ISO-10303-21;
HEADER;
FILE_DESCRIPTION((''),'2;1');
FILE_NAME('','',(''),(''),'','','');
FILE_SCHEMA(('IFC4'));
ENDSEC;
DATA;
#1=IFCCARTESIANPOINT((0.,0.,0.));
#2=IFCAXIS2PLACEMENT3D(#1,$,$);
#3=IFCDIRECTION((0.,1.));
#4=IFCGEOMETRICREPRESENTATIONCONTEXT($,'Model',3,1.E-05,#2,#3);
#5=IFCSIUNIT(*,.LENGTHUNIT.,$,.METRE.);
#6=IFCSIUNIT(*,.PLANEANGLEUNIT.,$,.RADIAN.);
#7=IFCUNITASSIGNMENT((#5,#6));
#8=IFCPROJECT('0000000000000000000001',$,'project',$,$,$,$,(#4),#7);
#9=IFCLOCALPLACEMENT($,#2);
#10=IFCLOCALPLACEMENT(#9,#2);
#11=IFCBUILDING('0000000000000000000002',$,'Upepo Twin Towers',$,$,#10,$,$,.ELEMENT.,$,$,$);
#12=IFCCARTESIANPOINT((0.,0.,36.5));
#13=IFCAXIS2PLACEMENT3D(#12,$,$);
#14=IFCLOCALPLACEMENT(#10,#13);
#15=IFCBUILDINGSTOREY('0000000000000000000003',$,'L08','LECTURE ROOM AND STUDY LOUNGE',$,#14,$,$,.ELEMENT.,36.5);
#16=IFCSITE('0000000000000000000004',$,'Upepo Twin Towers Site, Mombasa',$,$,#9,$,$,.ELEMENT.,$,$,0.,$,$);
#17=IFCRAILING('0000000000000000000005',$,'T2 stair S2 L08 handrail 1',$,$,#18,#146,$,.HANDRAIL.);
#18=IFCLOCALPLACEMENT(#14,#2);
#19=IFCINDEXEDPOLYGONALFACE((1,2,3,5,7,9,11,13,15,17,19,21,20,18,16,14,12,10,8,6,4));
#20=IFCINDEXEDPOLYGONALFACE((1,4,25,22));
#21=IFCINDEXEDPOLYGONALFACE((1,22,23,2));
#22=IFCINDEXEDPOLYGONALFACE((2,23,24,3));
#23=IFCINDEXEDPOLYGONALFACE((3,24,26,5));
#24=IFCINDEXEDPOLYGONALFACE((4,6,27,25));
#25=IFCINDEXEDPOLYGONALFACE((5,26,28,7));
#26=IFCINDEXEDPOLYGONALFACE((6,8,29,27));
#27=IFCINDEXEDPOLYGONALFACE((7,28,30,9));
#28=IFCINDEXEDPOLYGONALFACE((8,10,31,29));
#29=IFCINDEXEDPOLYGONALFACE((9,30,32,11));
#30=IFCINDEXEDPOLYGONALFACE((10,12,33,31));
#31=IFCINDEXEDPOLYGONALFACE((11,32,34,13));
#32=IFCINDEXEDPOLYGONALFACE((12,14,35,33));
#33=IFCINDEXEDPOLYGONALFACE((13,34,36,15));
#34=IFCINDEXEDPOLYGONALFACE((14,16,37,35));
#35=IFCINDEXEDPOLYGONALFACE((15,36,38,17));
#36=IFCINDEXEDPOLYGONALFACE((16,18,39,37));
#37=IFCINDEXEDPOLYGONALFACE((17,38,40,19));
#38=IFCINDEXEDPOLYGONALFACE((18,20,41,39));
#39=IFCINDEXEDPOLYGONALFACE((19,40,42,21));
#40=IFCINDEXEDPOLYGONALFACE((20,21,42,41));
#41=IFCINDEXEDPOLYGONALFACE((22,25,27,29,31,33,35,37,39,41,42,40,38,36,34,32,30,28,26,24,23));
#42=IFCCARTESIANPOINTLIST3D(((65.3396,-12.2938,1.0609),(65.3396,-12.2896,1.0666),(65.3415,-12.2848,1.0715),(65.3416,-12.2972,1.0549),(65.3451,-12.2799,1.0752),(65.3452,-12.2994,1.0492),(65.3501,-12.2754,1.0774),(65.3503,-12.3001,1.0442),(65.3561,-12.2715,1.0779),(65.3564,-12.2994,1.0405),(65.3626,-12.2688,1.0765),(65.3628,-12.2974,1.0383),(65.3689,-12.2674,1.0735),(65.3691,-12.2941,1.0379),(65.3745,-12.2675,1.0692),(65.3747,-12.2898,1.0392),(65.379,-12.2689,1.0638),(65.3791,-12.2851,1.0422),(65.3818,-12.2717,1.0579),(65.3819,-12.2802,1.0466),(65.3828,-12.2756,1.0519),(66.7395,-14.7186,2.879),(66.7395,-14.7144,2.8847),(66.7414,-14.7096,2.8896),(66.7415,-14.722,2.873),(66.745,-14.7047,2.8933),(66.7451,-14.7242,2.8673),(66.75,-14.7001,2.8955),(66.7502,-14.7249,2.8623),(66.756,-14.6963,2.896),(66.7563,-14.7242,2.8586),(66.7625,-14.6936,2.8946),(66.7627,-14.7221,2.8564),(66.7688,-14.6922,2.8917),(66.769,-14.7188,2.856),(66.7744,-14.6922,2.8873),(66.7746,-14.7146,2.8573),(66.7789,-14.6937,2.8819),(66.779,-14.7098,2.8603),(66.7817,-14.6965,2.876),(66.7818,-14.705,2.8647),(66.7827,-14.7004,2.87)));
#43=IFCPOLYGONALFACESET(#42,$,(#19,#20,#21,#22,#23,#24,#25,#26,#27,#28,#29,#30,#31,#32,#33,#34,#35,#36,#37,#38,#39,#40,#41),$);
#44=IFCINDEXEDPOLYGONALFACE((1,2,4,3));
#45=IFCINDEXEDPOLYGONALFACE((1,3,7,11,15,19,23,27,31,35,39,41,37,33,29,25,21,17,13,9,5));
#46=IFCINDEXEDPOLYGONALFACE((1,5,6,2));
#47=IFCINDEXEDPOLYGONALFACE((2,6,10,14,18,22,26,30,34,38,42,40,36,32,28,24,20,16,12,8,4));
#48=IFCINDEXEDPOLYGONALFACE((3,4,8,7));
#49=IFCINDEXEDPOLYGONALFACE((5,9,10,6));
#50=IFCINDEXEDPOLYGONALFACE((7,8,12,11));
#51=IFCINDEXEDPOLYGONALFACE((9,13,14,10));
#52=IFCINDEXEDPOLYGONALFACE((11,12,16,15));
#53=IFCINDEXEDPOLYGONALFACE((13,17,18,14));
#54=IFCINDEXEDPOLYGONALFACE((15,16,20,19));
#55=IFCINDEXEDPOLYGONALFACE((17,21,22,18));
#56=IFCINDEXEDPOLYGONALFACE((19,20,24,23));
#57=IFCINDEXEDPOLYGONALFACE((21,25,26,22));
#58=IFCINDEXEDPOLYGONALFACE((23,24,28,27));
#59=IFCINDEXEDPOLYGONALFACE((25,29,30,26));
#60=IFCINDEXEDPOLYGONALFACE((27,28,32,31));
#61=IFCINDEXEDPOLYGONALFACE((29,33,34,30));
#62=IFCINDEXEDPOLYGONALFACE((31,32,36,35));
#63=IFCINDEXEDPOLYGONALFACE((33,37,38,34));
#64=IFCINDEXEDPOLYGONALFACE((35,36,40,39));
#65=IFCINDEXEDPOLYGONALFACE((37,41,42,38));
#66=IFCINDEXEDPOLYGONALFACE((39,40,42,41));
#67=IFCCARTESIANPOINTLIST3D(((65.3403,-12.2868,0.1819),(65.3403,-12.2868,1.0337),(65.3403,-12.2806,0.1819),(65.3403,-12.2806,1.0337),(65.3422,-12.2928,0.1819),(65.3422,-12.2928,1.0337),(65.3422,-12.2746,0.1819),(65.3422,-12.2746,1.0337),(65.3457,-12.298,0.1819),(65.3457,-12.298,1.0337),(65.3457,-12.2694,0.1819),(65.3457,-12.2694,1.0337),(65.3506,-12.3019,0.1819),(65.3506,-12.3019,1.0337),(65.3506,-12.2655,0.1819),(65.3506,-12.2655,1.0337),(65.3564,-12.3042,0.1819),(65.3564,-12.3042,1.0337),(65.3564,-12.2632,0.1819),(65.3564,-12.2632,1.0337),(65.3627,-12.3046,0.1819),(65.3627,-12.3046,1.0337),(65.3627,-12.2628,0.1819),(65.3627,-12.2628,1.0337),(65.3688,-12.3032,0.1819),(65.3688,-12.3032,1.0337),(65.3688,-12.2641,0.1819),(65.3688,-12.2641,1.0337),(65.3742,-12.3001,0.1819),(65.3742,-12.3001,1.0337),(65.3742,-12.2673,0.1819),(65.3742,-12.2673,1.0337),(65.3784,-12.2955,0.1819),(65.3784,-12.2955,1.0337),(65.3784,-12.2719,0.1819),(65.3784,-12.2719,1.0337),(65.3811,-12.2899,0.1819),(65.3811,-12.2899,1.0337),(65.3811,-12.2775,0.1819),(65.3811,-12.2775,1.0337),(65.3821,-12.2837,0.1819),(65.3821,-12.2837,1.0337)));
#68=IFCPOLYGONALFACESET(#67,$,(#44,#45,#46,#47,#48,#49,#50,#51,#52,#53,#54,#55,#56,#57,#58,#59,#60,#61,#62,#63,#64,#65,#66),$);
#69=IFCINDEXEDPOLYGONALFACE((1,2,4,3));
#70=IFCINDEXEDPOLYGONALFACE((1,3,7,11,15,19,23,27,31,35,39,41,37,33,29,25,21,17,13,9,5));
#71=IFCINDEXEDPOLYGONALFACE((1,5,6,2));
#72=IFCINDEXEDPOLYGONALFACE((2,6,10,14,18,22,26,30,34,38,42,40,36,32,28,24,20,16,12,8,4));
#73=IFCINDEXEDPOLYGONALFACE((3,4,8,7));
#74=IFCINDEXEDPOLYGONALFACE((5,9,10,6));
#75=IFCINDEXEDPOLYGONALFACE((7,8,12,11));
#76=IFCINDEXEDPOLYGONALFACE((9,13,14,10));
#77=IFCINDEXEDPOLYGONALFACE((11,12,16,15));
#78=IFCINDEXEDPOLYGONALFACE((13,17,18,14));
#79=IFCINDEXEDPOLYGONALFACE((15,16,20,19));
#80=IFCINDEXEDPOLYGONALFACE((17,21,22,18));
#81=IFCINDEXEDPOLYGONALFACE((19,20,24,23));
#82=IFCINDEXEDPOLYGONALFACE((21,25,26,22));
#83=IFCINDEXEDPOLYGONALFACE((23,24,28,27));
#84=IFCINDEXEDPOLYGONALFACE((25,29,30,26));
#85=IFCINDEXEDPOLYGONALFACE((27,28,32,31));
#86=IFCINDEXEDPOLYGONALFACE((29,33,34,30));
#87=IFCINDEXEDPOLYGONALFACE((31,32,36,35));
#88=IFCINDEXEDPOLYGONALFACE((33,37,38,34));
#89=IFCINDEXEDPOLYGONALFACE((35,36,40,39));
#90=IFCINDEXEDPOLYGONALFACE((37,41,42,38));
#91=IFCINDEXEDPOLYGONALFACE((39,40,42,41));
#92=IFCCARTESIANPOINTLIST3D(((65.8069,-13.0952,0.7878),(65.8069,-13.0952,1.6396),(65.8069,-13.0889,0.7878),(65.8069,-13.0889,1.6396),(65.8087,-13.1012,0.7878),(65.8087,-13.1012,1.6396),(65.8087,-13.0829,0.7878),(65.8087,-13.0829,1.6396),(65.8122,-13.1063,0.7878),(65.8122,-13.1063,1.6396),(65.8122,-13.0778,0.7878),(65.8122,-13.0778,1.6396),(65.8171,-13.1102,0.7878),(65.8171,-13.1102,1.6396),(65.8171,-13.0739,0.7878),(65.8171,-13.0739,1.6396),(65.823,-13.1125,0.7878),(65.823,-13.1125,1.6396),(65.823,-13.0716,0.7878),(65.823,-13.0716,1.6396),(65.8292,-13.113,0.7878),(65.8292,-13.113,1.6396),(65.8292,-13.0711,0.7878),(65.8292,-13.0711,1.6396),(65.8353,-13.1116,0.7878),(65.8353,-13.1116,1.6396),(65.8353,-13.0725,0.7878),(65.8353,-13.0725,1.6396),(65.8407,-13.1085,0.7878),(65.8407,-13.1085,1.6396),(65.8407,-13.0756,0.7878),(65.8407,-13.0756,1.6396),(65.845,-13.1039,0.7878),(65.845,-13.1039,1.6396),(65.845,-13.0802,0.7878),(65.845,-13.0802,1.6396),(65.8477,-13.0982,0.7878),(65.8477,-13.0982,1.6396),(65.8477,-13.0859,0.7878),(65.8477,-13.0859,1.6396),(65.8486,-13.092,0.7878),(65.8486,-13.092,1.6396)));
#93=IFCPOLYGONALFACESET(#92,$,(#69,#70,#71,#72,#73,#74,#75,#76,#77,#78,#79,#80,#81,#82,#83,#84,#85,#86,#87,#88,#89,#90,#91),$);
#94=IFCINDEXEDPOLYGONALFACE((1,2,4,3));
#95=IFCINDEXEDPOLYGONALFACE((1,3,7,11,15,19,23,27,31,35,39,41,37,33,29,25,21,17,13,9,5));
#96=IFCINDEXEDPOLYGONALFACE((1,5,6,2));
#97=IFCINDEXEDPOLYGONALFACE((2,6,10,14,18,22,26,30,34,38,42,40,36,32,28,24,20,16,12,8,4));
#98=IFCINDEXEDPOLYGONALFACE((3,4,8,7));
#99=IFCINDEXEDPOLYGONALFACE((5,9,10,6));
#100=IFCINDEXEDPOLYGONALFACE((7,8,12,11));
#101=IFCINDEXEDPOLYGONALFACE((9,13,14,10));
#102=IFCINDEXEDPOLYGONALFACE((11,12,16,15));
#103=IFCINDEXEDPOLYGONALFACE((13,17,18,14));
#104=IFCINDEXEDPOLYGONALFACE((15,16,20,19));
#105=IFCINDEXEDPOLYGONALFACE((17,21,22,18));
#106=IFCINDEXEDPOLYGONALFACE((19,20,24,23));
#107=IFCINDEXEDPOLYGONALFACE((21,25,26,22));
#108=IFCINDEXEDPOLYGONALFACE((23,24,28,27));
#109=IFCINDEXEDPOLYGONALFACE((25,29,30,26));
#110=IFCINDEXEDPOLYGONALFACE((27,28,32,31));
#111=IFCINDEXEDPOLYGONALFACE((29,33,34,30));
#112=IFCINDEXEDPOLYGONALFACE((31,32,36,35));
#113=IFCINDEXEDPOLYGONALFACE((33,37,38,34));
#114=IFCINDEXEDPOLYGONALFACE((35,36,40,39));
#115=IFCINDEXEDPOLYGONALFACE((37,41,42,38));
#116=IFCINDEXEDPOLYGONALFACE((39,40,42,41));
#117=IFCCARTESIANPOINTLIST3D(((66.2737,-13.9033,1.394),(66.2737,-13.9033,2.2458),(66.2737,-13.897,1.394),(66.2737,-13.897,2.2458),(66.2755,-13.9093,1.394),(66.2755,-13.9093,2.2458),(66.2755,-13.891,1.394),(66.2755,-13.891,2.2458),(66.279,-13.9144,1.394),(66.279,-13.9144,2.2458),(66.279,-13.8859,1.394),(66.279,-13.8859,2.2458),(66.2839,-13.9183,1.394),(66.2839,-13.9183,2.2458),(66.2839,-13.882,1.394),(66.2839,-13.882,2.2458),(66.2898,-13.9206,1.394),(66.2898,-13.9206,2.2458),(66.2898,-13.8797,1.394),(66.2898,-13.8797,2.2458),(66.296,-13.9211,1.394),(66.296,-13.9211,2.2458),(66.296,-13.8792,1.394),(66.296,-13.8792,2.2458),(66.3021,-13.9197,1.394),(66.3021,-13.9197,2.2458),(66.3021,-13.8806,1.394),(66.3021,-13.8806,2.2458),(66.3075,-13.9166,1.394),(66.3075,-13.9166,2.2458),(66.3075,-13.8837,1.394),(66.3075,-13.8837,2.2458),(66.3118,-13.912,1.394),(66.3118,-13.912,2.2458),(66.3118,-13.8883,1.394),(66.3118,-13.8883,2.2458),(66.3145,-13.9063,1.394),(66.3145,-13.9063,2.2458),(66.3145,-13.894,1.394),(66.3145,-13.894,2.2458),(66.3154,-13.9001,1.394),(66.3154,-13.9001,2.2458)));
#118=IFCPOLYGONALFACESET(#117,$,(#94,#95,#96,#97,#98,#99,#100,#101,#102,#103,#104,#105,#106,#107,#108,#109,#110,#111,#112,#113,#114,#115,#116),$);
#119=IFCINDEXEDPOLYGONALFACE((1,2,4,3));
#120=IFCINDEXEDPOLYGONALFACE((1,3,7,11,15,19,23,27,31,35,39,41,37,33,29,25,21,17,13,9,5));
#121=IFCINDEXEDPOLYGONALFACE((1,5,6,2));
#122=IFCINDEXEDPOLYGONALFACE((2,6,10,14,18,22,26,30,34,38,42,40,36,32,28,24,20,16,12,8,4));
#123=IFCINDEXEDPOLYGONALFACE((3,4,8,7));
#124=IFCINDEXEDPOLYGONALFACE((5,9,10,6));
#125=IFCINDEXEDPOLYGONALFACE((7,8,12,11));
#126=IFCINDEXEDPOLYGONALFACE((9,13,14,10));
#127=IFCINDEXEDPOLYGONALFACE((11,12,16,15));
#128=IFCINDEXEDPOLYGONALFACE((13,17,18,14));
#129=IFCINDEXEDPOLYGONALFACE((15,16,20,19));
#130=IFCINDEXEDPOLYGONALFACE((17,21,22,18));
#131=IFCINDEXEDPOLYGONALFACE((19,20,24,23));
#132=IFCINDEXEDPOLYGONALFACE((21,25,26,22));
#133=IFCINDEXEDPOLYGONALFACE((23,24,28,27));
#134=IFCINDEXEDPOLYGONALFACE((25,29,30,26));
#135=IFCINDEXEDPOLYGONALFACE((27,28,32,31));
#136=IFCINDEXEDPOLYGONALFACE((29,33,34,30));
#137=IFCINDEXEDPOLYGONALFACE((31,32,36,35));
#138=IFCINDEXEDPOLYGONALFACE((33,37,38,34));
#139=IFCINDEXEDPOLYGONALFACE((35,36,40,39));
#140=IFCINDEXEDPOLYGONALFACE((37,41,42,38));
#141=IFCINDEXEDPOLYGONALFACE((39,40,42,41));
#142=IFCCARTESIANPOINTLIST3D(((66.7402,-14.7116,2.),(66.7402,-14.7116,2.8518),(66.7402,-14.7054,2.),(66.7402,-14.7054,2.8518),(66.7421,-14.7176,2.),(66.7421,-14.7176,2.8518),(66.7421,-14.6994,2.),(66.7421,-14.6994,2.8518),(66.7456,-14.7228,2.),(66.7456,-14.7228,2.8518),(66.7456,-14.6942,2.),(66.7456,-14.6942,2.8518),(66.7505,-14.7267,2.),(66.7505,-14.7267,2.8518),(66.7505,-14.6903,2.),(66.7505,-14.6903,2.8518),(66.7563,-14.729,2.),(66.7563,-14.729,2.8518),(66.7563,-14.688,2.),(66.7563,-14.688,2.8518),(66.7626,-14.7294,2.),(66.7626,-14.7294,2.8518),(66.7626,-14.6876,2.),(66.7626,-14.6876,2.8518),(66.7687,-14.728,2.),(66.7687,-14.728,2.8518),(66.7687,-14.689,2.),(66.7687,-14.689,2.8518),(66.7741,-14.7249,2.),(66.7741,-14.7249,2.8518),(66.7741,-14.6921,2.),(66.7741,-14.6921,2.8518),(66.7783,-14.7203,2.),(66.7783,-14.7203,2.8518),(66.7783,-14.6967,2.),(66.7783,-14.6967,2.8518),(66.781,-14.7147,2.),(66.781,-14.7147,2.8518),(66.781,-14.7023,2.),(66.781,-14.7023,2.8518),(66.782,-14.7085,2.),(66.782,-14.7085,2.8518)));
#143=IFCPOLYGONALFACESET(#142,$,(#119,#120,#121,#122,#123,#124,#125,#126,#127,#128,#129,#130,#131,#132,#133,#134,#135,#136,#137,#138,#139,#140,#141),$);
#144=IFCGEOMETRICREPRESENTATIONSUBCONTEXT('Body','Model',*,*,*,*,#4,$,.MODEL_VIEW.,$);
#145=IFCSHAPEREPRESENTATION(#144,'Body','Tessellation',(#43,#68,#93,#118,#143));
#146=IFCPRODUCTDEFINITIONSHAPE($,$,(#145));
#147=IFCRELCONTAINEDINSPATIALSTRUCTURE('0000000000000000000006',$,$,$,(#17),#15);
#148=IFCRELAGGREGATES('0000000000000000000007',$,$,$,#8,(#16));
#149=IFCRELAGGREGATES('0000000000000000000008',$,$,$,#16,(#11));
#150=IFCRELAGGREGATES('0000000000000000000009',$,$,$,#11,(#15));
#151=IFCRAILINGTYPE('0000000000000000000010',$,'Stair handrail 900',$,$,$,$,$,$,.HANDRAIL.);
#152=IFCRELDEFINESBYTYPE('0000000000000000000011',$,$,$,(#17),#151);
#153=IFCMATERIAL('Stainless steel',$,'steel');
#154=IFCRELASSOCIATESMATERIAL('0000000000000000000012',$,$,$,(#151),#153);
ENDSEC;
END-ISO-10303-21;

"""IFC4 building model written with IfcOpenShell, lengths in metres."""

from ifc_helpers import new_model, si_unit, direction, frame, origin, origin_2d, place, context, subcontext, project, spatial, circle, extrude, material, type_object, element, save


model = new_model("IFC4")

# Units and contexts
model_context = context("Model", 3, precision=1e-05, world=origin(), true_north=direction((0.0, 1.0)))
body_context = subcontext(model_context, "Body", "Model", "MODEL_VIEW")
ifc_project = project(units=[si_unit("LENGTHUNIT", "METRE"), si_unit("PLANEANGLEUNIT", "RADIAN")], contexts=[model_context])

# Site, building, storey
site_placement = place(None, origin())
site = spatial("IfcSite", under=ifc_project, at=site_placement, Name="Upepo Twin Towers Site, Mombasa", CompositionType="ELEMENT", RefElevation=0.0)
building_placement = place(site_placement, origin())
building = spatial("IfcBuilding", under=site, at=building_placement, Name="Upepo Twin Towers", CompositionType="ELEMENT")
storey_placement = place(building_placement, frame((0.0, 0.0, 36.5)))
storey = spatial("IfcBuildingStorey", under=building, at=storey_placement, Name="L08", Description="LECTURE ROOM AND STUDY LOUNGE", CompositionType="ELEMENT", Elevation=36.5)

# Railing
ifc_material_1 = material(Name="Stainless steel", Category="steel")
railing_type = type_object("IfcRailingType", Name="Stair handrail 900", PredefinedType="HANDRAIL", material=ifc_material_1)
railing_1_placement = place(storey_placement, frame((65.3611, -12.2837, 0.1819)))
element("IfcRailing", 1, at=railing_1_placement, inside=storey, type_object=railing_type, Name="T2 stair S2 L08 handrail 1", PredefinedType="HANDRAIL", context=body_context, shape_type="SweptSolid", body=[
    extrude(circle(Radius=0.0239, at=origin_2d()), frame((0.0, 0.0, 0.876), z_axis=(0.419333, -0.726336, 0.544606), x_axis=(0.866035, 0.499984, 0.0)), (0.0, 0.0, 1.0), 3.3384),
    extrude(circle(Radius=0.021, at=origin_2d()), origin(), (0.0, 0.0, 1.0), 0.8518),
    extrude(circle(Radius=0.021, at=origin_2d()), frame((0.4666, -0.8083, 0.606)), (0.0, 0.0, 1.0), 0.8518),
    extrude(circle(Radius=0.021, at=origin_2d()), frame((0.9333, -1.6165, 1.2122)), (0.0, 0.0, 1.0), 0.8518),
    extrude(circle(Radius=0.021, at=origin_2d()), frame((1.3999, -2.4248, 1.8181)), (0.0, 0.0, 1.0), 0.8518),
])

save(model, "model.ifc")
